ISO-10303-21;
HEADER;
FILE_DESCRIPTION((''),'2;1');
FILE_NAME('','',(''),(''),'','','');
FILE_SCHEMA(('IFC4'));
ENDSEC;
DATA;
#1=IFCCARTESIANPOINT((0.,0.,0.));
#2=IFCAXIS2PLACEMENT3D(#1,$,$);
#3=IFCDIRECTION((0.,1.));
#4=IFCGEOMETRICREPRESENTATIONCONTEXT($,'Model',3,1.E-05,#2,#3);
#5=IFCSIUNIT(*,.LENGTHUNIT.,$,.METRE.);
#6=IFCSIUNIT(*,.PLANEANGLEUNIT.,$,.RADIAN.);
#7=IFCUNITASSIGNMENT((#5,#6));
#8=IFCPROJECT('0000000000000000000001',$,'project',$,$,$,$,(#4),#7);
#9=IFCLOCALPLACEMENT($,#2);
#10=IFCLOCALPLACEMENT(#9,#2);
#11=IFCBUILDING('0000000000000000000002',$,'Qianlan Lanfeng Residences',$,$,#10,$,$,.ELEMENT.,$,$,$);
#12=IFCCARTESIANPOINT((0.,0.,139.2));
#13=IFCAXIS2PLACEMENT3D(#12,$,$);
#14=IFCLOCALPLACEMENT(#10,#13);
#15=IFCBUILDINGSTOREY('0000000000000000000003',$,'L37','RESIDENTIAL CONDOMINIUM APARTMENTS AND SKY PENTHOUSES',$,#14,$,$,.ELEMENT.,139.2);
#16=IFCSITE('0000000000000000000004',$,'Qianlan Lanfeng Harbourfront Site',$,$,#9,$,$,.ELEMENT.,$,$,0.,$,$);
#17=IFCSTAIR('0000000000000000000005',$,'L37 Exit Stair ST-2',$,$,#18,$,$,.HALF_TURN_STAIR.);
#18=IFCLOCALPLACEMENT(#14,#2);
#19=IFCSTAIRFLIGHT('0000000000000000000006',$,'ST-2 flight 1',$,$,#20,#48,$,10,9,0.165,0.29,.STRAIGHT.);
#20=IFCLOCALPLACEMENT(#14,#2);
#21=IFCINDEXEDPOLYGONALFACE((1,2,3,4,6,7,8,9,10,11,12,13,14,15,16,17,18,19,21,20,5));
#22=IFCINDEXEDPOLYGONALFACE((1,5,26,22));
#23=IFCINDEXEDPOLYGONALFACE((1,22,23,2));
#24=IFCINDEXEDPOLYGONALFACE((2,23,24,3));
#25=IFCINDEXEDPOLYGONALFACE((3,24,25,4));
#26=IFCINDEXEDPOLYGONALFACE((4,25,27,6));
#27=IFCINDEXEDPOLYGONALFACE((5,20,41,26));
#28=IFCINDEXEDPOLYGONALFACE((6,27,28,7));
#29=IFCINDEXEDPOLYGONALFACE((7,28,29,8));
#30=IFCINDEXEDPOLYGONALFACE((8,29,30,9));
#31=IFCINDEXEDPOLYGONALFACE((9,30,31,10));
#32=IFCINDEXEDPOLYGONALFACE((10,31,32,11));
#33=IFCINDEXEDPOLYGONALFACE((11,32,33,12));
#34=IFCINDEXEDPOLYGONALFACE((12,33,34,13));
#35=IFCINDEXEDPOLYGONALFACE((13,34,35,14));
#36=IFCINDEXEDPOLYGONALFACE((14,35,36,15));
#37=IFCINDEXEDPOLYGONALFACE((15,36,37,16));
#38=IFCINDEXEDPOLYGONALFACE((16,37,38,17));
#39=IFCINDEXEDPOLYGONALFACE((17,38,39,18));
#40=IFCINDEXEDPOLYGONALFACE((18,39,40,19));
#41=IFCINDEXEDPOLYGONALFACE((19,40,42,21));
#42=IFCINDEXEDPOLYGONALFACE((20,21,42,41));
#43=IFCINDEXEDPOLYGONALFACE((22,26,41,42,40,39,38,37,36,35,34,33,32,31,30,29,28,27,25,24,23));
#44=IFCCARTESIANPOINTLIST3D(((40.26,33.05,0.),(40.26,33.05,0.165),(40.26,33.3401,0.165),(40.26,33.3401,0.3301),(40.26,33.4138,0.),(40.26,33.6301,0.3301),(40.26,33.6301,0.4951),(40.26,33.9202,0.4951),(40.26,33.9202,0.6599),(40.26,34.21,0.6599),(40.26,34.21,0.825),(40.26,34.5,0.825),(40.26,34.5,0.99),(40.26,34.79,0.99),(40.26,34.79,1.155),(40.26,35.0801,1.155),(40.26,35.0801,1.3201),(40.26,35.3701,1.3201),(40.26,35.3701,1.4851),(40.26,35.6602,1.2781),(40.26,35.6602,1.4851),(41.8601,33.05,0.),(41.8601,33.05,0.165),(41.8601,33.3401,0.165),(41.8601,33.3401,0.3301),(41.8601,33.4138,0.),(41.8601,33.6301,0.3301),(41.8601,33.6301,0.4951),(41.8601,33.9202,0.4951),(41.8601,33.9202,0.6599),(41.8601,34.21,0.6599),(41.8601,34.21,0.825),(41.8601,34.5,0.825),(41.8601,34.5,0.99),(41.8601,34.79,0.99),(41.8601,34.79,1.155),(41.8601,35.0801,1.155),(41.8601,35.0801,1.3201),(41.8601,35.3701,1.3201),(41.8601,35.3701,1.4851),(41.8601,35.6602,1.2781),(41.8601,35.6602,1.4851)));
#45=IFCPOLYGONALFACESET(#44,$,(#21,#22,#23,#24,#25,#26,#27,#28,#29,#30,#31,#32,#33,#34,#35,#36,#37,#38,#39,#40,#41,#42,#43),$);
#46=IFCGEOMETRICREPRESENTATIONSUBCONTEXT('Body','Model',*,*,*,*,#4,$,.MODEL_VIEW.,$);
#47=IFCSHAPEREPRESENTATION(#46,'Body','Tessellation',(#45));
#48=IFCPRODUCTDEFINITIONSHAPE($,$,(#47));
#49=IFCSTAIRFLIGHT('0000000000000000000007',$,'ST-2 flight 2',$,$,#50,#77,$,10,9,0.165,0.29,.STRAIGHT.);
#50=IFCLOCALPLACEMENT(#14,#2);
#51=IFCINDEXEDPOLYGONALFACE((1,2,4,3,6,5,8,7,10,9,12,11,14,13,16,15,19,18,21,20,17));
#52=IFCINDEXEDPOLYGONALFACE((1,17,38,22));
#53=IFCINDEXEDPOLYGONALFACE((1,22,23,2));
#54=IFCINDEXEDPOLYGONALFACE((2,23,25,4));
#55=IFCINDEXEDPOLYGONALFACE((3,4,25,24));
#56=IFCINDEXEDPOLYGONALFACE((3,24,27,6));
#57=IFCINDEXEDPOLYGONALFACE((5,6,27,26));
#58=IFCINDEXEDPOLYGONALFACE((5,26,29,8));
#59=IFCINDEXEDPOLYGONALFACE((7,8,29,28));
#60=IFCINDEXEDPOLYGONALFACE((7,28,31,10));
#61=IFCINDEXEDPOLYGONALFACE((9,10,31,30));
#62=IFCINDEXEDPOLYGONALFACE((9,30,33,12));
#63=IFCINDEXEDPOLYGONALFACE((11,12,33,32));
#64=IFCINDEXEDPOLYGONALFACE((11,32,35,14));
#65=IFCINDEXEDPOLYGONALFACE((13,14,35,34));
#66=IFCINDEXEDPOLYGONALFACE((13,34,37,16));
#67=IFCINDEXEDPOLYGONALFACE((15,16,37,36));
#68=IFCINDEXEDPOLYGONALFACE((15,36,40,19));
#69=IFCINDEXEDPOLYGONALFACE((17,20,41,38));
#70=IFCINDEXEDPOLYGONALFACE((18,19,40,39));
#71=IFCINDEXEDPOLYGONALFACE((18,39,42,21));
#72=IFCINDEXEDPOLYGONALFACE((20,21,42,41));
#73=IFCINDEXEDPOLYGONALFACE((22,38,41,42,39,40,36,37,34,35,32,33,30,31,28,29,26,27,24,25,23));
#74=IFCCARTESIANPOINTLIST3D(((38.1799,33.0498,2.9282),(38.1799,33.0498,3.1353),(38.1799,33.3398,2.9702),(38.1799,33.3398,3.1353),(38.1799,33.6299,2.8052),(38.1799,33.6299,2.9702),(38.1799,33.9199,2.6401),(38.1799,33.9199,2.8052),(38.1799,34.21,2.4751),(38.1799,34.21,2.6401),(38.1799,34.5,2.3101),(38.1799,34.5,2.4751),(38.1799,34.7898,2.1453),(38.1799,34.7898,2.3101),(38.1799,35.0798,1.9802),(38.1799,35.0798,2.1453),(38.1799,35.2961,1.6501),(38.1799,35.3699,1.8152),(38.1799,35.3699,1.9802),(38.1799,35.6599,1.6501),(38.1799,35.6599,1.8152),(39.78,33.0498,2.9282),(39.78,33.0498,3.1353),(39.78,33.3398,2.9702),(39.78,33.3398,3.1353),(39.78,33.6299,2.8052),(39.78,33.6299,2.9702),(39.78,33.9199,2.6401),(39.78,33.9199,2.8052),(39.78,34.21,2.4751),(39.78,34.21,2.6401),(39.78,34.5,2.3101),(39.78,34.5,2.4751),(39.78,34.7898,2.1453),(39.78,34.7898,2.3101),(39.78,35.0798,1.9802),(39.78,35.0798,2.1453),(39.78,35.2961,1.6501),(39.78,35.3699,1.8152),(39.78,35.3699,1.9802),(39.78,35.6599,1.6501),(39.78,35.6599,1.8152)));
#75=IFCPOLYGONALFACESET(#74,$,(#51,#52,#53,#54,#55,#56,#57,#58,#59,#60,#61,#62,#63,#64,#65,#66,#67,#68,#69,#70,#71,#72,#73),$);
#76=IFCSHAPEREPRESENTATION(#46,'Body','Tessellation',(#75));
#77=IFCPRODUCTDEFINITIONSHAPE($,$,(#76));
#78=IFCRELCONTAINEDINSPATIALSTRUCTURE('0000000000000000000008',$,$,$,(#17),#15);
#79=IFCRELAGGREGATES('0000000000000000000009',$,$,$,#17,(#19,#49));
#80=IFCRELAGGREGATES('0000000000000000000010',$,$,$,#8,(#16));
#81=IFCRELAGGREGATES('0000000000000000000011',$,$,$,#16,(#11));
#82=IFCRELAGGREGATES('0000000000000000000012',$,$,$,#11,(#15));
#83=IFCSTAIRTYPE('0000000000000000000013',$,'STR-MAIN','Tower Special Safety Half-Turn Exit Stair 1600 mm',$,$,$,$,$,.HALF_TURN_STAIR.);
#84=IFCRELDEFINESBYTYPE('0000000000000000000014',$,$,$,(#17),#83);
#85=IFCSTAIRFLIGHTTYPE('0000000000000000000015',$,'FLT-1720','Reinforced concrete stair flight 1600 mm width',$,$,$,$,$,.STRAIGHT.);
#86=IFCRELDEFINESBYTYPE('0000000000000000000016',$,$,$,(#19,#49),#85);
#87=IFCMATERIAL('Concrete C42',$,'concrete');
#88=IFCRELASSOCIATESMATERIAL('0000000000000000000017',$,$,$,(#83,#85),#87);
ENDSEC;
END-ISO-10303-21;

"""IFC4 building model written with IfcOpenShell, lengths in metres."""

from ifc_helpers import new_model, si_unit, direction, frame, origin, place, context, subcontext, project, spatial, polyline, outline, extrude, material, type_object, element, aggregate, save


model = new_model("IFC4")

# Units and contexts
model_context = context("Model", 3, precision=1e-05, world=origin(), true_north=direction((0.0, 1.0)))
body_context = subcontext(model_context, "Body", "Model", "MODEL_VIEW")
ifc_project = project(units=[si_unit("LENGTHUNIT", "METRE"), si_unit("PLANEANGLEUNIT", "RADIAN")], contexts=[model_context])

# Site, building, storey
site_placement = place(None, origin())
site = spatial("IfcSite", under=ifc_project, at=site_placement, Name="Qianlan Lanfeng Harbourfront Site", CompositionType="ELEMENT", RefElevation=0.0)
building_placement = place(site_placement, origin())
building = spatial("IfcBuilding", under=site, at=building_placement, Name="Qianlan Lanfeng Residences", CompositionType="ELEMENT")
storey_placement = place(building_placement, frame((0.0, 0.0, 139.2)))
storey = spatial("IfcBuildingStorey", under=building, at=storey_placement, Name="L37", Description="RESIDENTIAL CONDOMINIUM APARTMENTS AND SKY PENTHOUSES", CompositionType="ELEMENT", Elevation=139.2)

# Shared definitions
ifc_material_1 = material(Name="Concrete C42", Category="concrete")

# Stair, stair flights
stair_type = type_object("IfcStairType", Name="STR-MAIN", Description="Tower Special Safety Half-Turn Exit Stair 1600 mm", PredefinedType="HALF_TURN_STAIR", material=ifc_material_1)
stair_placement = place(storey_placement, origin())
stair = element("IfcStair", 1, at=stair_placement, inside=storey, type_object=stair_type, Name="L37 Exit Stair ST-2", PredefinedType="HALF_TURN_STAIR")
stair_flight_type = type_object("IfcStairFlightType", Name="FLT-1720", Description="Reinforced concrete stair flight 1600 mm width", PredefinedType="STRAIGHT", material=ifc_material_1)
stair_flight_1_placement = place(storey_placement, frame((41.0601, 33.05, 0.0), z_axis=(0.0, 0.0, 1.0), x_axis=(0.0, 1.0, 0.0)))
stair_flight_1 = element("IfcStairFlight", 2, at=stair_flight_1_placement, type_object=stair_flight_type, Name="ST-2 flight 1", NumberOfRisers=10, NumberOfTreads=9, PredefinedType="STRAIGHT", RiserHeight=0.165, TreadLength=0.29, context=body_context, shape_type="SweptSolid", body=[
    extrude(outline(polyline([(0.0, 0.0), (0.0, 0.165), (0.29, 0.165), (0.29, 0.3301), (0.5801, 0.3301), (0.5801, 0.4951), (0.8701, 0.4951), (0.8701, 0.6599), (1.1599, 0.6599), (1.1599, 0.825), (1.45, 0.825), (1.45, 0.99), (1.74, 0.99), (1.74, 1.155), (2.03, 1.155), (2.03, 1.3201), (2.3201, 1.3201), (2.3201, 1.4851), (2.6101, 1.4851), (2.6101, 1.6499), (2.6101, 1.2781), (0.3638, 0.0), (0.0, 0.0)])), frame((0.0, 0.8, 0.0), z_axis=(0.0, -1.0, 0.0), x_axis=(1.0, 0.0, 0.0)), (0.0, 0.0, 1.0), 1.6001),
])
stair_flight_2_placement = place(storey_placement, frame((38.98, 35.6599, 1.6501), z_axis=(0.0, 0.0, 1.0), x_axis=(0.0, -1.0, 0.0)))
stair_flight_2 = element("IfcStairFlight", 3, at=stair_flight_2_placement, type_object=stair_flight_type, Name="ST-2 flight 2", NumberOfRisers=10, NumberOfTreads=9, PredefinedType="STRAIGHT", RiserHeight=0.165, TreadLength=0.29, context=body_context, shape_type="SweptSolid", body=[
    extrude(outline(polyline([(0.0, 0.0), (0.0, 0.165), (0.29, 0.165), (0.29, 0.3301), (0.5801, 0.3301), (0.5801, 0.4951), (0.8701, 0.4951), (0.8701, 0.6599), (1.1599, 0.6599), (1.1599, 0.825), (1.45, 0.825), (1.45, 0.99), (1.74, 0.99), (1.74, 1.155), (2.03, 1.155), (2.03, 1.3201), (2.3201, 1.3201), (2.3201, 1.4851), (2.6101, 1.4851), (2.6101, 1.6499), (2.6101, 1.2781), (0.3638, 0.0), (0.0, 0.0)])), frame((0.0, 0.8, 0.0), z_axis=(0.0, -1.0, 0.0), x_axis=(1.0, 0.0, 0.0)), (0.0, 0.0, 1.0), 1.6001),
])
aggregate(stair, [stair_flight_1, stair_flight_2])

save(model, "model.ifc")
